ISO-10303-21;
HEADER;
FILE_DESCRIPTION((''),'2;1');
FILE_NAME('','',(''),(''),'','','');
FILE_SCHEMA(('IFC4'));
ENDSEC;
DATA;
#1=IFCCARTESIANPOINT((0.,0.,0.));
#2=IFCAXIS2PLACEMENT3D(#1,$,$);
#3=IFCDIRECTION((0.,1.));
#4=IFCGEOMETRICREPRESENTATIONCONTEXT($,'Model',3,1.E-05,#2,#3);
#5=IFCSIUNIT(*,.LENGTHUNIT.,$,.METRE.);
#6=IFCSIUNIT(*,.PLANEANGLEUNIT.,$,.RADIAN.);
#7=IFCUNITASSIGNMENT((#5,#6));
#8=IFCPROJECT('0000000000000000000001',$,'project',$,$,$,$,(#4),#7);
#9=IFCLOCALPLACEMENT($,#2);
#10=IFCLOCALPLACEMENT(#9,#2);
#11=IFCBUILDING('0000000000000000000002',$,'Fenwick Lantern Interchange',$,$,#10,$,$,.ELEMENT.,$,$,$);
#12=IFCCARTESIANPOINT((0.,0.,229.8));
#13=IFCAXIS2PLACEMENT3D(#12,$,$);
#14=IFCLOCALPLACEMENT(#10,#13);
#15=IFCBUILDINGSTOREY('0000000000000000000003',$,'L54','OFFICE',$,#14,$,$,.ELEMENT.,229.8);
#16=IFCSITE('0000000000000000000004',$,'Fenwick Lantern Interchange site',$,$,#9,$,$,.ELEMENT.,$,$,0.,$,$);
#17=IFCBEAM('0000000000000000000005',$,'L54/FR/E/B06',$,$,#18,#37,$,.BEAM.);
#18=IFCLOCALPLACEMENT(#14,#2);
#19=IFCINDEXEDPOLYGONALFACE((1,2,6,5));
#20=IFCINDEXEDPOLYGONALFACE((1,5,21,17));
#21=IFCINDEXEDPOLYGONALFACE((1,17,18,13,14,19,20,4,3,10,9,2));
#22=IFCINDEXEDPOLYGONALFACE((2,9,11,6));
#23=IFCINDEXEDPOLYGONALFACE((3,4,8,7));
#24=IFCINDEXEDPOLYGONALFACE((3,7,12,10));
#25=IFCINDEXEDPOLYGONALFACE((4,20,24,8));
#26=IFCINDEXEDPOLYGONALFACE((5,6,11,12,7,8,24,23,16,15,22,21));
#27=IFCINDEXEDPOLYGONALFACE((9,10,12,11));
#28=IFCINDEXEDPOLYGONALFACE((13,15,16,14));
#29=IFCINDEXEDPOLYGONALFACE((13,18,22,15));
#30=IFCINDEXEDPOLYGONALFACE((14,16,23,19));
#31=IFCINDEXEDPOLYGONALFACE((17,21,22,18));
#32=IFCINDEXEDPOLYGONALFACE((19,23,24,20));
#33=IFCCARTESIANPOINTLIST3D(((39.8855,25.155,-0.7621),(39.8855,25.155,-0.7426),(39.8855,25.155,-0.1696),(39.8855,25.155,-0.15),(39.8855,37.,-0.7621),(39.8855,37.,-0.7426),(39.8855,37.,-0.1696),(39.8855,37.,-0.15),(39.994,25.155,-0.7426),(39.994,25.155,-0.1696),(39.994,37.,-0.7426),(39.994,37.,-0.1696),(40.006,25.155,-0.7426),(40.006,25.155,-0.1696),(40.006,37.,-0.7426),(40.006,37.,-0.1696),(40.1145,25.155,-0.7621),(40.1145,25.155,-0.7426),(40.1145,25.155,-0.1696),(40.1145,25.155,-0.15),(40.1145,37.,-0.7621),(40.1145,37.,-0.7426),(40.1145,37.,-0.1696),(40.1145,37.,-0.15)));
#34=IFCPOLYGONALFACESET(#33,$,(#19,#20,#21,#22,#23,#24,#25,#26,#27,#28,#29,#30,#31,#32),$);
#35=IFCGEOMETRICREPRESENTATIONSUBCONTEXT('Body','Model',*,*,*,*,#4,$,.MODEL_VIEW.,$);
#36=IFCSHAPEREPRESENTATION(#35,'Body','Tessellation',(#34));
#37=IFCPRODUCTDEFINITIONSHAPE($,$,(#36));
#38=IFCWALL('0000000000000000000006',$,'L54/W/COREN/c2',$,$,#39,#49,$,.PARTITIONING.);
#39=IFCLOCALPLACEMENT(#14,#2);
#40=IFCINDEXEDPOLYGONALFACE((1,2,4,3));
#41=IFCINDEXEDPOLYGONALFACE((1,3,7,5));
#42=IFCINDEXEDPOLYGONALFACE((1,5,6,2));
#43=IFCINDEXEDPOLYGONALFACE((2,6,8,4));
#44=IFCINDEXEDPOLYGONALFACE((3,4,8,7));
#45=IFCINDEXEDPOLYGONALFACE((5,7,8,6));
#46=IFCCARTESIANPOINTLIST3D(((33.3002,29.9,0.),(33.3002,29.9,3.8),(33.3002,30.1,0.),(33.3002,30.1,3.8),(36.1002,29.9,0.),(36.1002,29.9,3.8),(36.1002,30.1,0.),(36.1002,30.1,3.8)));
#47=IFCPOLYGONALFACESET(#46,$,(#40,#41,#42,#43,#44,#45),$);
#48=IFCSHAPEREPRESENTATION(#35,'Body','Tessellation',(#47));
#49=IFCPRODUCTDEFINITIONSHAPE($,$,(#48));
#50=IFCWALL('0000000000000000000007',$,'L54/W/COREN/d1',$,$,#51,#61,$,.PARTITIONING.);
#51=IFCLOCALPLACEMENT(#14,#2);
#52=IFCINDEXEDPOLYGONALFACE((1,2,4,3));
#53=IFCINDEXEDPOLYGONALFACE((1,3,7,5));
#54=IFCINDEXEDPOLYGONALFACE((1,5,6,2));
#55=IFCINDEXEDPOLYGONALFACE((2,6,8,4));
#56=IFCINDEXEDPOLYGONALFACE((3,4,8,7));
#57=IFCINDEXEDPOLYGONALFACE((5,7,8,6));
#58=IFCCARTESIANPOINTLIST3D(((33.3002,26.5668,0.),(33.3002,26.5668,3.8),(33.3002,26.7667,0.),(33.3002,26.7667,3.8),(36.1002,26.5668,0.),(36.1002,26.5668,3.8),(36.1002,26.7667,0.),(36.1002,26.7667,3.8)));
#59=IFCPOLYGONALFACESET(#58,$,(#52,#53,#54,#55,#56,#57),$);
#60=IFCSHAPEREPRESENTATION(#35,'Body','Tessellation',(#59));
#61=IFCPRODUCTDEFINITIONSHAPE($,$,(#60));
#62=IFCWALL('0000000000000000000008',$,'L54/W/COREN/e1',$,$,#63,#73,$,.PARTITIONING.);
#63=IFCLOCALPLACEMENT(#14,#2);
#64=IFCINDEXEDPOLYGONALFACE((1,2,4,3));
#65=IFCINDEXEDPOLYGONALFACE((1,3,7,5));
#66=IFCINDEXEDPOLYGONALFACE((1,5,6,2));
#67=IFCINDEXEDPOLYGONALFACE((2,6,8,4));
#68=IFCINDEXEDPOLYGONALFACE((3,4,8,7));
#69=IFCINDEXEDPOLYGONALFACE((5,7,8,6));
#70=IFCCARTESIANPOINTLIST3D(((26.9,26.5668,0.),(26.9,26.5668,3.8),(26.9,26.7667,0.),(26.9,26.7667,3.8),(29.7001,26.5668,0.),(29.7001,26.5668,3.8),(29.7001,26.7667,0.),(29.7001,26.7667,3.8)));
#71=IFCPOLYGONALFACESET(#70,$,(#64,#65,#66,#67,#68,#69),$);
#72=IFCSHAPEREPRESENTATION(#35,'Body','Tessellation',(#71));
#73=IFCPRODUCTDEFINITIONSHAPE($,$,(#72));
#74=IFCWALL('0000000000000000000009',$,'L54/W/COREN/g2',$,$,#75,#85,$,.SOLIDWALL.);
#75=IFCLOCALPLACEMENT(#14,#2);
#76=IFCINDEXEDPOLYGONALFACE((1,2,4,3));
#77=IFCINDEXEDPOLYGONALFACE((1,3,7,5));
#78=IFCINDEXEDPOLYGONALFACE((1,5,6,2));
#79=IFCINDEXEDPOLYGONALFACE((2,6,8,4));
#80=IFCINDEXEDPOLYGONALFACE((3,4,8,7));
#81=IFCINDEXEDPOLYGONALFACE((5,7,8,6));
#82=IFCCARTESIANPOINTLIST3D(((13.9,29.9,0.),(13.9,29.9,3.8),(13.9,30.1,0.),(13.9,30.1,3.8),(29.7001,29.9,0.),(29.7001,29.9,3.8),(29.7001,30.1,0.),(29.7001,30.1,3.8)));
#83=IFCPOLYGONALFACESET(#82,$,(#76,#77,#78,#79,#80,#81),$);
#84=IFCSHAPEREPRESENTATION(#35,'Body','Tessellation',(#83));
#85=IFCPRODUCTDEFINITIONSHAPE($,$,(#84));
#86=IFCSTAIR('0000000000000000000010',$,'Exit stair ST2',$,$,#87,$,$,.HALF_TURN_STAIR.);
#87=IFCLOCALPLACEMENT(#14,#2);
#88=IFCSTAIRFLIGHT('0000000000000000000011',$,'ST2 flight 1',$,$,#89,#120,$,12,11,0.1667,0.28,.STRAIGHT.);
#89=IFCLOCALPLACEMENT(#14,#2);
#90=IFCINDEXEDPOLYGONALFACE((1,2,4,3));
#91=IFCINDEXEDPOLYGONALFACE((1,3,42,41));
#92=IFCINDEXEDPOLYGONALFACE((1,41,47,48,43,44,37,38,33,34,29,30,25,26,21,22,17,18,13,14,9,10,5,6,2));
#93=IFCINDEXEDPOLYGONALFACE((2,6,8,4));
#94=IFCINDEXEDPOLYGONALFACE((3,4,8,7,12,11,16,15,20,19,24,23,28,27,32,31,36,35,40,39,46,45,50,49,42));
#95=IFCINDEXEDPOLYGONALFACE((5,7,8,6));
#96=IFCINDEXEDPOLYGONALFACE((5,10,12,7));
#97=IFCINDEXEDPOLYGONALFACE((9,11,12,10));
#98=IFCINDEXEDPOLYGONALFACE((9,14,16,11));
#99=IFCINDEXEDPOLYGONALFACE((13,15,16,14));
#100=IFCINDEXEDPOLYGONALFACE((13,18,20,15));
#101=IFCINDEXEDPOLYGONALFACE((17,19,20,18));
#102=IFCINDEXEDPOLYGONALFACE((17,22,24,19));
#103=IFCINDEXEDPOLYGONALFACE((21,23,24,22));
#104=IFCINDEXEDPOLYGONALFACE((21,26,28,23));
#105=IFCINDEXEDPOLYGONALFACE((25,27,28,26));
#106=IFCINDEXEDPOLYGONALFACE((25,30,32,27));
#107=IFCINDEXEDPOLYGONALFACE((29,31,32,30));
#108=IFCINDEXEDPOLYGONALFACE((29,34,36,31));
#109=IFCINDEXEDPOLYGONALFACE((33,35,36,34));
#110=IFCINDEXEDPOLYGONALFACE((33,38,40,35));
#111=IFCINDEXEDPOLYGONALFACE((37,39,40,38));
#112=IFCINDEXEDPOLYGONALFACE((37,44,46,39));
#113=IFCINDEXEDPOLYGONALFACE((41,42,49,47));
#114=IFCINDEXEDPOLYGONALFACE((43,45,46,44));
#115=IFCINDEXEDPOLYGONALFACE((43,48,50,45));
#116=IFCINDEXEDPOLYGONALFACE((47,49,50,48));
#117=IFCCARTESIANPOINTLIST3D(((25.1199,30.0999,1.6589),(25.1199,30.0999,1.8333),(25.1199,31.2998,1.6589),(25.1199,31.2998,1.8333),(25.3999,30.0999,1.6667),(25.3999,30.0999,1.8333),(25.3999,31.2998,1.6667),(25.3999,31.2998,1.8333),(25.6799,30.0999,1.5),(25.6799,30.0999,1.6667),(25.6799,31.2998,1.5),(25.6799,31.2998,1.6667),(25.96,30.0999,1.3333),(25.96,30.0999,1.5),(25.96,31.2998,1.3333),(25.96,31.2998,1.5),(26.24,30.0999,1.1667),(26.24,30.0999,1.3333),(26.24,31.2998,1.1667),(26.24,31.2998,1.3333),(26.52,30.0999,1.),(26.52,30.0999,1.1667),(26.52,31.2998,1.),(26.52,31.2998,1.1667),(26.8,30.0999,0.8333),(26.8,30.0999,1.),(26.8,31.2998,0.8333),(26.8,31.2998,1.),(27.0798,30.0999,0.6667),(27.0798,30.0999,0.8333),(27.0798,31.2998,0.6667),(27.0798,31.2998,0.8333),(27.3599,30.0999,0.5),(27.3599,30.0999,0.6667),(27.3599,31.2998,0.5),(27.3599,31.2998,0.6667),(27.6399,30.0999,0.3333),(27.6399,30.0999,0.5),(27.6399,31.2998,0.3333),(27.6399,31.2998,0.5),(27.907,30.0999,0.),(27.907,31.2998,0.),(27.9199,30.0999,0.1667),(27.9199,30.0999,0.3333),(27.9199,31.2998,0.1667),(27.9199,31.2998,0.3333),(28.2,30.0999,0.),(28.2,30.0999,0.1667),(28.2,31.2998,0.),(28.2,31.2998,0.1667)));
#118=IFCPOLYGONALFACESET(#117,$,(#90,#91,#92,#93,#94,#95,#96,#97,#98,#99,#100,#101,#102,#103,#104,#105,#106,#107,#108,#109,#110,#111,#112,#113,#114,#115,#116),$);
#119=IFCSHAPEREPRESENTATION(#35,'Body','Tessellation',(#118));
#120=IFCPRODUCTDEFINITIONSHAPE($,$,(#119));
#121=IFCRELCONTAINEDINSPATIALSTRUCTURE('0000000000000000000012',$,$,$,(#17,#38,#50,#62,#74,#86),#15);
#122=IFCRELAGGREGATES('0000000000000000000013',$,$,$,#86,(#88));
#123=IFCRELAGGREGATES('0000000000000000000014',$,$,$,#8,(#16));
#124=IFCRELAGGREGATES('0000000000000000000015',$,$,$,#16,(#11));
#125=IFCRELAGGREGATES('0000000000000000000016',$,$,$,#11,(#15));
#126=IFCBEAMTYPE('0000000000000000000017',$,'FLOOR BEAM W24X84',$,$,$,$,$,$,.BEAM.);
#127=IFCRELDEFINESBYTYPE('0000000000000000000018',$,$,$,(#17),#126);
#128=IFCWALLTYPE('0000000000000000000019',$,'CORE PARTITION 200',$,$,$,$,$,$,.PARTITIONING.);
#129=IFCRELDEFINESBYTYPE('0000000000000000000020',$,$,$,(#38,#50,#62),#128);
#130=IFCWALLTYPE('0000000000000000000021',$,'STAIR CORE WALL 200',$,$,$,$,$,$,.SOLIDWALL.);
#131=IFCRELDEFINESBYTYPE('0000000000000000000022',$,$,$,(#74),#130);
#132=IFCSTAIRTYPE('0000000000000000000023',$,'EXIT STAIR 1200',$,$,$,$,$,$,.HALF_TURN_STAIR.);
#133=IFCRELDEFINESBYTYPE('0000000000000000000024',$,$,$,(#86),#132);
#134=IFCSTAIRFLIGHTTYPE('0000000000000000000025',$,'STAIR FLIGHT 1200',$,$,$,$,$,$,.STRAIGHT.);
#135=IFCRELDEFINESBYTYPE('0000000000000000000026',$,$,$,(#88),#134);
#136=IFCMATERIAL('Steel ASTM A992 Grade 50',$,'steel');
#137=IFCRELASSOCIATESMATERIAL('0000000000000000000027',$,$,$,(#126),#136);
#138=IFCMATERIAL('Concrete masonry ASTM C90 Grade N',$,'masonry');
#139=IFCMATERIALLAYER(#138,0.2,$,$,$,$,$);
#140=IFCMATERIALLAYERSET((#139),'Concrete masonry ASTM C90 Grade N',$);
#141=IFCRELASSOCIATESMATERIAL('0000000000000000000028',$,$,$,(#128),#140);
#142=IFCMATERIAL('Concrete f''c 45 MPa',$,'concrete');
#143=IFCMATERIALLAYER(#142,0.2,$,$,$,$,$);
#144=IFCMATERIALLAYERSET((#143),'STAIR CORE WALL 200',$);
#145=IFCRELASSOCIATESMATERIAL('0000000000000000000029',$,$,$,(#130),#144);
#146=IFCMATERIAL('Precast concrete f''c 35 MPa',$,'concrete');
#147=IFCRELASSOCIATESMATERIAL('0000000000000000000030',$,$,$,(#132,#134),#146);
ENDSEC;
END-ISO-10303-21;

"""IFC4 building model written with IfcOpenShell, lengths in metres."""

from ifc_helpers import new_model, si_unit, direction, frame, frame_2d, origin, origin_2d, place, context, subcontext, project, spatial, polyline, rectangle, i_section, outline, extrude, material, layer, layer_set, material_profile, profile_set, type_object, element, aggregate, save


model = new_model("IFC4")

# Units and contexts
model_context = context("Model", 3, precision=1e-05, world=origin(), true_north=direction((0.0, 1.0)))
body_context = subcontext(model_context, "Body", "Model", "MODEL_VIEW")
ifc_project = project(units=[si_unit("LENGTHUNIT", "METRE"), si_unit("PLANEANGLEUNIT", "RADIAN")], contexts=[model_context])

# Site, building, storey
site_placement = place(None, origin())
site = spatial("IfcSite", under=ifc_project, at=site_placement, Name="Fenwick Lantern Interchange site", CompositionType="ELEMENT", RefElevation=0.0)
building_placement = place(site_placement, origin())
building = spatial("IfcBuilding", under=site, at=building_placement, Name="Fenwick Lantern Interchange", CompositionType="ELEMENT")
storey_placement = place(building_placement, frame((0.0, 0.0, 229.8)))
storey = spatial("IfcBuildingStorey", under=building, at=storey_placement, Name="L54", Description="OFFICE", CompositionType="ELEMENT", Elevation=229.8)

# Beam
ifc_material_1 = material(Name="Steel ASTM A992 Grade 50", Category="steel")
ifc_material_profile = material_profile(ifc_material_1, i_section(OverallWidth=0.229, OverallDepth=0.6121, WebThickness=0.012, FlangeThickness=0.0195, at=origin_2d()), Name="W24X84")
ifc_profile_set = profile_set([ifc_material_profile], Name="Steel ASTM A992 Grade 50")
beam_type = type_object("IfcBeamType", Name="FLOOR BEAM W24X84", PredefinedType="BEAM", material=ifc_profile_set)
beam_placement = place(storey_placement, frame((40.0, 25.155, -0.4561), z_axis=(0.0, 1.0, 0.0), x_axis=(-1.0, 0.0, 0.0)))
element("IfcBeam", 1, at=beam_placement, inside=storey, type_object=beam_type, Name="L54/FR/E/B06", PredefinedType="BEAM", context=body_context, shape_type="SweptSolid", body=[
    extrude(i_section(OverallWidth=0.229, OverallDepth=0.6121, WebThickness=0.012, FlangeThickness=0.0195, at=origin_2d()), origin(), (0.0, 0.0, 1.0), 11.845),
])

# Walls
ifc_material_2 = material(Name="Concrete masonry ASTM C90 Grade N", Category="masonry")
ifc_layer_1 = layer(ifc_material_2, 0.2)
ifc_layer_set_1 = layer_set([ifc_layer_1], Name="Concrete masonry ASTM C90 Grade N")
wall_type_1 = type_object("IfcWallType", Name="CORE PARTITION 200", PredefinedType="PARTITIONING", material=ifc_layer_set_1)
for number, where, z_axis, x_axis, name in (
    (2, (36.1001, 30.0, 0.0), (0.0, 0.0, 1.0), (-1.0, 0.0, 0.0), "L54/W/COREN/c2"),
    (3, (36.1001, 26.6667, 0.0), (0.0, 0.0, 1.0), (-1.0, 0.0, 0.0), "L54/W/COREN/d1"),
    (4, (29.7, 26.6667, 0.0), (0.0, 0.0, 1.0), (-1.0, 0.0, 0.0), "L54/W/COREN/e1"),
):
    element("IfcWall", number, at=place(storey_placement, frame(where, z_axis=z_axis, x_axis=x_axis)), inside=storey, type_object=wall_type_1, Name=name, PredefinedType="PARTITIONING", context=body_context, shape_type="SweptSolid", body=[
        extrude(rectangle(XDim=2.8, YDim=0.2, at=frame_2d((1.3999, 0.0))), origin(), (0.0, 0.0, 1.0), 3.8),
    ])
ifc_material_3 = material(Name="Concrete f'c 45 MPa", Category="concrete")
ifc_layer_2 = layer(ifc_material_3, 0.2)
ifc_layer_set_2 = layer_set([ifc_layer_2], Name="STAIR CORE WALL 200")
wall_type_2 = type_object("IfcWallType", Name="STAIR CORE WALL 200", PredefinedType="SOLIDWALL", material=ifc_layer_set_2)
wall_placement = place(storey_placement, frame((29.7, 30.0, 0.0), z_axis=(0.0, 0.0, 1.0), x_axis=(-1.0, 0.0, 0.0)))
element("IfcWall", 5, at=wall_placement, inside=storey, type_object=wall_type_2, Name="L54/W/COREN/g2", PredefinedType="SOLIDWALL", context=body_context, shape_type="SweptSolid", body=[
    extrude(rectangle(XDim=15.8, YDim=0.2, at=frame_2d((7.8999, 0.0))), origin(), (0.0, 0.0, 1.0), 3.8),
])

# Stair, stair flight
ifc_material_4 = material(Name="Precast concrete f'c 35 MPa", Category="concrete")
stair_type = type_object("IfcStairType", Name="EXIT STAIR 1200", PredefinedType="HALF_TURN_STAIR", material=ifc_material_4)
stair_placement = place(storey_placement, origin())
stair = element("IfcStair", 6, at=stair_placement, inside=storey, type_object=stair_type, Name="Exit stair ST2", PredefinedType="HALF_TURN_STAIR")
stair_flight_type = type_object("IfcStairFlightType", Name="STAIR FLIGHT 1200", PredefinedType="STRAIGHT", material=ifc_material_4)
stair_flight_placement = place(storey_placement, frame((28.2, 30.7, 0.0), z_axis=(0.0, 0.0, 1.0), x_axis=(-1.0, 0.0, 0.0)))
stair_flight = element("IfcStairFlight", 7, at=stair_flight_placement, type_object=stair_flight_type, Name="ST2 flight 1", NumberOfRisers=12, NumberOfTreads=11, PredefinedType="STRAIGHT", RiserHeight=0.1667, TreadLength=0.28, context=body_context, shape_type="SweptSolid", body=[
    extrude(outline(polyline([(0.0, 0.0), (0.0, 0.1667), (0.28, 0.1667), (0.28, 0.3333), (0.5601, 0.3333), (0.5601, 0.5), (0.8401, 0.5), (0.8401, 0.6667), (1.1201, 0.6667), (1.1201, 0.8333), (1.3999, 0.8333), (1.3999, 1.0), (1.6799, 1.0), (1.6799, 1.1667), (1.96, 1.1667), (1.96, 1.3333), (2.24, 1.3333), (2.24, 1.5), (2.52, 1.5), (2.52, 1.6667), (2.8, 1.6667), (2.8, 1.8333), (3.0801, 1.8333), (3.0801, 2.0), (3.0801, 1.6589), (0.293, 0.0), (0.0, 0.0)])), frame((0.0, 0.6001, 0.0), z_axis=(0.0, -1.0, 0.0), x_axis=(1.0, 0.0, 0.0)), (0.0, 0.0, 1.0), 1.2),
])
aggregate(stair, [stair_flight])

save(model, "model.ifc")
